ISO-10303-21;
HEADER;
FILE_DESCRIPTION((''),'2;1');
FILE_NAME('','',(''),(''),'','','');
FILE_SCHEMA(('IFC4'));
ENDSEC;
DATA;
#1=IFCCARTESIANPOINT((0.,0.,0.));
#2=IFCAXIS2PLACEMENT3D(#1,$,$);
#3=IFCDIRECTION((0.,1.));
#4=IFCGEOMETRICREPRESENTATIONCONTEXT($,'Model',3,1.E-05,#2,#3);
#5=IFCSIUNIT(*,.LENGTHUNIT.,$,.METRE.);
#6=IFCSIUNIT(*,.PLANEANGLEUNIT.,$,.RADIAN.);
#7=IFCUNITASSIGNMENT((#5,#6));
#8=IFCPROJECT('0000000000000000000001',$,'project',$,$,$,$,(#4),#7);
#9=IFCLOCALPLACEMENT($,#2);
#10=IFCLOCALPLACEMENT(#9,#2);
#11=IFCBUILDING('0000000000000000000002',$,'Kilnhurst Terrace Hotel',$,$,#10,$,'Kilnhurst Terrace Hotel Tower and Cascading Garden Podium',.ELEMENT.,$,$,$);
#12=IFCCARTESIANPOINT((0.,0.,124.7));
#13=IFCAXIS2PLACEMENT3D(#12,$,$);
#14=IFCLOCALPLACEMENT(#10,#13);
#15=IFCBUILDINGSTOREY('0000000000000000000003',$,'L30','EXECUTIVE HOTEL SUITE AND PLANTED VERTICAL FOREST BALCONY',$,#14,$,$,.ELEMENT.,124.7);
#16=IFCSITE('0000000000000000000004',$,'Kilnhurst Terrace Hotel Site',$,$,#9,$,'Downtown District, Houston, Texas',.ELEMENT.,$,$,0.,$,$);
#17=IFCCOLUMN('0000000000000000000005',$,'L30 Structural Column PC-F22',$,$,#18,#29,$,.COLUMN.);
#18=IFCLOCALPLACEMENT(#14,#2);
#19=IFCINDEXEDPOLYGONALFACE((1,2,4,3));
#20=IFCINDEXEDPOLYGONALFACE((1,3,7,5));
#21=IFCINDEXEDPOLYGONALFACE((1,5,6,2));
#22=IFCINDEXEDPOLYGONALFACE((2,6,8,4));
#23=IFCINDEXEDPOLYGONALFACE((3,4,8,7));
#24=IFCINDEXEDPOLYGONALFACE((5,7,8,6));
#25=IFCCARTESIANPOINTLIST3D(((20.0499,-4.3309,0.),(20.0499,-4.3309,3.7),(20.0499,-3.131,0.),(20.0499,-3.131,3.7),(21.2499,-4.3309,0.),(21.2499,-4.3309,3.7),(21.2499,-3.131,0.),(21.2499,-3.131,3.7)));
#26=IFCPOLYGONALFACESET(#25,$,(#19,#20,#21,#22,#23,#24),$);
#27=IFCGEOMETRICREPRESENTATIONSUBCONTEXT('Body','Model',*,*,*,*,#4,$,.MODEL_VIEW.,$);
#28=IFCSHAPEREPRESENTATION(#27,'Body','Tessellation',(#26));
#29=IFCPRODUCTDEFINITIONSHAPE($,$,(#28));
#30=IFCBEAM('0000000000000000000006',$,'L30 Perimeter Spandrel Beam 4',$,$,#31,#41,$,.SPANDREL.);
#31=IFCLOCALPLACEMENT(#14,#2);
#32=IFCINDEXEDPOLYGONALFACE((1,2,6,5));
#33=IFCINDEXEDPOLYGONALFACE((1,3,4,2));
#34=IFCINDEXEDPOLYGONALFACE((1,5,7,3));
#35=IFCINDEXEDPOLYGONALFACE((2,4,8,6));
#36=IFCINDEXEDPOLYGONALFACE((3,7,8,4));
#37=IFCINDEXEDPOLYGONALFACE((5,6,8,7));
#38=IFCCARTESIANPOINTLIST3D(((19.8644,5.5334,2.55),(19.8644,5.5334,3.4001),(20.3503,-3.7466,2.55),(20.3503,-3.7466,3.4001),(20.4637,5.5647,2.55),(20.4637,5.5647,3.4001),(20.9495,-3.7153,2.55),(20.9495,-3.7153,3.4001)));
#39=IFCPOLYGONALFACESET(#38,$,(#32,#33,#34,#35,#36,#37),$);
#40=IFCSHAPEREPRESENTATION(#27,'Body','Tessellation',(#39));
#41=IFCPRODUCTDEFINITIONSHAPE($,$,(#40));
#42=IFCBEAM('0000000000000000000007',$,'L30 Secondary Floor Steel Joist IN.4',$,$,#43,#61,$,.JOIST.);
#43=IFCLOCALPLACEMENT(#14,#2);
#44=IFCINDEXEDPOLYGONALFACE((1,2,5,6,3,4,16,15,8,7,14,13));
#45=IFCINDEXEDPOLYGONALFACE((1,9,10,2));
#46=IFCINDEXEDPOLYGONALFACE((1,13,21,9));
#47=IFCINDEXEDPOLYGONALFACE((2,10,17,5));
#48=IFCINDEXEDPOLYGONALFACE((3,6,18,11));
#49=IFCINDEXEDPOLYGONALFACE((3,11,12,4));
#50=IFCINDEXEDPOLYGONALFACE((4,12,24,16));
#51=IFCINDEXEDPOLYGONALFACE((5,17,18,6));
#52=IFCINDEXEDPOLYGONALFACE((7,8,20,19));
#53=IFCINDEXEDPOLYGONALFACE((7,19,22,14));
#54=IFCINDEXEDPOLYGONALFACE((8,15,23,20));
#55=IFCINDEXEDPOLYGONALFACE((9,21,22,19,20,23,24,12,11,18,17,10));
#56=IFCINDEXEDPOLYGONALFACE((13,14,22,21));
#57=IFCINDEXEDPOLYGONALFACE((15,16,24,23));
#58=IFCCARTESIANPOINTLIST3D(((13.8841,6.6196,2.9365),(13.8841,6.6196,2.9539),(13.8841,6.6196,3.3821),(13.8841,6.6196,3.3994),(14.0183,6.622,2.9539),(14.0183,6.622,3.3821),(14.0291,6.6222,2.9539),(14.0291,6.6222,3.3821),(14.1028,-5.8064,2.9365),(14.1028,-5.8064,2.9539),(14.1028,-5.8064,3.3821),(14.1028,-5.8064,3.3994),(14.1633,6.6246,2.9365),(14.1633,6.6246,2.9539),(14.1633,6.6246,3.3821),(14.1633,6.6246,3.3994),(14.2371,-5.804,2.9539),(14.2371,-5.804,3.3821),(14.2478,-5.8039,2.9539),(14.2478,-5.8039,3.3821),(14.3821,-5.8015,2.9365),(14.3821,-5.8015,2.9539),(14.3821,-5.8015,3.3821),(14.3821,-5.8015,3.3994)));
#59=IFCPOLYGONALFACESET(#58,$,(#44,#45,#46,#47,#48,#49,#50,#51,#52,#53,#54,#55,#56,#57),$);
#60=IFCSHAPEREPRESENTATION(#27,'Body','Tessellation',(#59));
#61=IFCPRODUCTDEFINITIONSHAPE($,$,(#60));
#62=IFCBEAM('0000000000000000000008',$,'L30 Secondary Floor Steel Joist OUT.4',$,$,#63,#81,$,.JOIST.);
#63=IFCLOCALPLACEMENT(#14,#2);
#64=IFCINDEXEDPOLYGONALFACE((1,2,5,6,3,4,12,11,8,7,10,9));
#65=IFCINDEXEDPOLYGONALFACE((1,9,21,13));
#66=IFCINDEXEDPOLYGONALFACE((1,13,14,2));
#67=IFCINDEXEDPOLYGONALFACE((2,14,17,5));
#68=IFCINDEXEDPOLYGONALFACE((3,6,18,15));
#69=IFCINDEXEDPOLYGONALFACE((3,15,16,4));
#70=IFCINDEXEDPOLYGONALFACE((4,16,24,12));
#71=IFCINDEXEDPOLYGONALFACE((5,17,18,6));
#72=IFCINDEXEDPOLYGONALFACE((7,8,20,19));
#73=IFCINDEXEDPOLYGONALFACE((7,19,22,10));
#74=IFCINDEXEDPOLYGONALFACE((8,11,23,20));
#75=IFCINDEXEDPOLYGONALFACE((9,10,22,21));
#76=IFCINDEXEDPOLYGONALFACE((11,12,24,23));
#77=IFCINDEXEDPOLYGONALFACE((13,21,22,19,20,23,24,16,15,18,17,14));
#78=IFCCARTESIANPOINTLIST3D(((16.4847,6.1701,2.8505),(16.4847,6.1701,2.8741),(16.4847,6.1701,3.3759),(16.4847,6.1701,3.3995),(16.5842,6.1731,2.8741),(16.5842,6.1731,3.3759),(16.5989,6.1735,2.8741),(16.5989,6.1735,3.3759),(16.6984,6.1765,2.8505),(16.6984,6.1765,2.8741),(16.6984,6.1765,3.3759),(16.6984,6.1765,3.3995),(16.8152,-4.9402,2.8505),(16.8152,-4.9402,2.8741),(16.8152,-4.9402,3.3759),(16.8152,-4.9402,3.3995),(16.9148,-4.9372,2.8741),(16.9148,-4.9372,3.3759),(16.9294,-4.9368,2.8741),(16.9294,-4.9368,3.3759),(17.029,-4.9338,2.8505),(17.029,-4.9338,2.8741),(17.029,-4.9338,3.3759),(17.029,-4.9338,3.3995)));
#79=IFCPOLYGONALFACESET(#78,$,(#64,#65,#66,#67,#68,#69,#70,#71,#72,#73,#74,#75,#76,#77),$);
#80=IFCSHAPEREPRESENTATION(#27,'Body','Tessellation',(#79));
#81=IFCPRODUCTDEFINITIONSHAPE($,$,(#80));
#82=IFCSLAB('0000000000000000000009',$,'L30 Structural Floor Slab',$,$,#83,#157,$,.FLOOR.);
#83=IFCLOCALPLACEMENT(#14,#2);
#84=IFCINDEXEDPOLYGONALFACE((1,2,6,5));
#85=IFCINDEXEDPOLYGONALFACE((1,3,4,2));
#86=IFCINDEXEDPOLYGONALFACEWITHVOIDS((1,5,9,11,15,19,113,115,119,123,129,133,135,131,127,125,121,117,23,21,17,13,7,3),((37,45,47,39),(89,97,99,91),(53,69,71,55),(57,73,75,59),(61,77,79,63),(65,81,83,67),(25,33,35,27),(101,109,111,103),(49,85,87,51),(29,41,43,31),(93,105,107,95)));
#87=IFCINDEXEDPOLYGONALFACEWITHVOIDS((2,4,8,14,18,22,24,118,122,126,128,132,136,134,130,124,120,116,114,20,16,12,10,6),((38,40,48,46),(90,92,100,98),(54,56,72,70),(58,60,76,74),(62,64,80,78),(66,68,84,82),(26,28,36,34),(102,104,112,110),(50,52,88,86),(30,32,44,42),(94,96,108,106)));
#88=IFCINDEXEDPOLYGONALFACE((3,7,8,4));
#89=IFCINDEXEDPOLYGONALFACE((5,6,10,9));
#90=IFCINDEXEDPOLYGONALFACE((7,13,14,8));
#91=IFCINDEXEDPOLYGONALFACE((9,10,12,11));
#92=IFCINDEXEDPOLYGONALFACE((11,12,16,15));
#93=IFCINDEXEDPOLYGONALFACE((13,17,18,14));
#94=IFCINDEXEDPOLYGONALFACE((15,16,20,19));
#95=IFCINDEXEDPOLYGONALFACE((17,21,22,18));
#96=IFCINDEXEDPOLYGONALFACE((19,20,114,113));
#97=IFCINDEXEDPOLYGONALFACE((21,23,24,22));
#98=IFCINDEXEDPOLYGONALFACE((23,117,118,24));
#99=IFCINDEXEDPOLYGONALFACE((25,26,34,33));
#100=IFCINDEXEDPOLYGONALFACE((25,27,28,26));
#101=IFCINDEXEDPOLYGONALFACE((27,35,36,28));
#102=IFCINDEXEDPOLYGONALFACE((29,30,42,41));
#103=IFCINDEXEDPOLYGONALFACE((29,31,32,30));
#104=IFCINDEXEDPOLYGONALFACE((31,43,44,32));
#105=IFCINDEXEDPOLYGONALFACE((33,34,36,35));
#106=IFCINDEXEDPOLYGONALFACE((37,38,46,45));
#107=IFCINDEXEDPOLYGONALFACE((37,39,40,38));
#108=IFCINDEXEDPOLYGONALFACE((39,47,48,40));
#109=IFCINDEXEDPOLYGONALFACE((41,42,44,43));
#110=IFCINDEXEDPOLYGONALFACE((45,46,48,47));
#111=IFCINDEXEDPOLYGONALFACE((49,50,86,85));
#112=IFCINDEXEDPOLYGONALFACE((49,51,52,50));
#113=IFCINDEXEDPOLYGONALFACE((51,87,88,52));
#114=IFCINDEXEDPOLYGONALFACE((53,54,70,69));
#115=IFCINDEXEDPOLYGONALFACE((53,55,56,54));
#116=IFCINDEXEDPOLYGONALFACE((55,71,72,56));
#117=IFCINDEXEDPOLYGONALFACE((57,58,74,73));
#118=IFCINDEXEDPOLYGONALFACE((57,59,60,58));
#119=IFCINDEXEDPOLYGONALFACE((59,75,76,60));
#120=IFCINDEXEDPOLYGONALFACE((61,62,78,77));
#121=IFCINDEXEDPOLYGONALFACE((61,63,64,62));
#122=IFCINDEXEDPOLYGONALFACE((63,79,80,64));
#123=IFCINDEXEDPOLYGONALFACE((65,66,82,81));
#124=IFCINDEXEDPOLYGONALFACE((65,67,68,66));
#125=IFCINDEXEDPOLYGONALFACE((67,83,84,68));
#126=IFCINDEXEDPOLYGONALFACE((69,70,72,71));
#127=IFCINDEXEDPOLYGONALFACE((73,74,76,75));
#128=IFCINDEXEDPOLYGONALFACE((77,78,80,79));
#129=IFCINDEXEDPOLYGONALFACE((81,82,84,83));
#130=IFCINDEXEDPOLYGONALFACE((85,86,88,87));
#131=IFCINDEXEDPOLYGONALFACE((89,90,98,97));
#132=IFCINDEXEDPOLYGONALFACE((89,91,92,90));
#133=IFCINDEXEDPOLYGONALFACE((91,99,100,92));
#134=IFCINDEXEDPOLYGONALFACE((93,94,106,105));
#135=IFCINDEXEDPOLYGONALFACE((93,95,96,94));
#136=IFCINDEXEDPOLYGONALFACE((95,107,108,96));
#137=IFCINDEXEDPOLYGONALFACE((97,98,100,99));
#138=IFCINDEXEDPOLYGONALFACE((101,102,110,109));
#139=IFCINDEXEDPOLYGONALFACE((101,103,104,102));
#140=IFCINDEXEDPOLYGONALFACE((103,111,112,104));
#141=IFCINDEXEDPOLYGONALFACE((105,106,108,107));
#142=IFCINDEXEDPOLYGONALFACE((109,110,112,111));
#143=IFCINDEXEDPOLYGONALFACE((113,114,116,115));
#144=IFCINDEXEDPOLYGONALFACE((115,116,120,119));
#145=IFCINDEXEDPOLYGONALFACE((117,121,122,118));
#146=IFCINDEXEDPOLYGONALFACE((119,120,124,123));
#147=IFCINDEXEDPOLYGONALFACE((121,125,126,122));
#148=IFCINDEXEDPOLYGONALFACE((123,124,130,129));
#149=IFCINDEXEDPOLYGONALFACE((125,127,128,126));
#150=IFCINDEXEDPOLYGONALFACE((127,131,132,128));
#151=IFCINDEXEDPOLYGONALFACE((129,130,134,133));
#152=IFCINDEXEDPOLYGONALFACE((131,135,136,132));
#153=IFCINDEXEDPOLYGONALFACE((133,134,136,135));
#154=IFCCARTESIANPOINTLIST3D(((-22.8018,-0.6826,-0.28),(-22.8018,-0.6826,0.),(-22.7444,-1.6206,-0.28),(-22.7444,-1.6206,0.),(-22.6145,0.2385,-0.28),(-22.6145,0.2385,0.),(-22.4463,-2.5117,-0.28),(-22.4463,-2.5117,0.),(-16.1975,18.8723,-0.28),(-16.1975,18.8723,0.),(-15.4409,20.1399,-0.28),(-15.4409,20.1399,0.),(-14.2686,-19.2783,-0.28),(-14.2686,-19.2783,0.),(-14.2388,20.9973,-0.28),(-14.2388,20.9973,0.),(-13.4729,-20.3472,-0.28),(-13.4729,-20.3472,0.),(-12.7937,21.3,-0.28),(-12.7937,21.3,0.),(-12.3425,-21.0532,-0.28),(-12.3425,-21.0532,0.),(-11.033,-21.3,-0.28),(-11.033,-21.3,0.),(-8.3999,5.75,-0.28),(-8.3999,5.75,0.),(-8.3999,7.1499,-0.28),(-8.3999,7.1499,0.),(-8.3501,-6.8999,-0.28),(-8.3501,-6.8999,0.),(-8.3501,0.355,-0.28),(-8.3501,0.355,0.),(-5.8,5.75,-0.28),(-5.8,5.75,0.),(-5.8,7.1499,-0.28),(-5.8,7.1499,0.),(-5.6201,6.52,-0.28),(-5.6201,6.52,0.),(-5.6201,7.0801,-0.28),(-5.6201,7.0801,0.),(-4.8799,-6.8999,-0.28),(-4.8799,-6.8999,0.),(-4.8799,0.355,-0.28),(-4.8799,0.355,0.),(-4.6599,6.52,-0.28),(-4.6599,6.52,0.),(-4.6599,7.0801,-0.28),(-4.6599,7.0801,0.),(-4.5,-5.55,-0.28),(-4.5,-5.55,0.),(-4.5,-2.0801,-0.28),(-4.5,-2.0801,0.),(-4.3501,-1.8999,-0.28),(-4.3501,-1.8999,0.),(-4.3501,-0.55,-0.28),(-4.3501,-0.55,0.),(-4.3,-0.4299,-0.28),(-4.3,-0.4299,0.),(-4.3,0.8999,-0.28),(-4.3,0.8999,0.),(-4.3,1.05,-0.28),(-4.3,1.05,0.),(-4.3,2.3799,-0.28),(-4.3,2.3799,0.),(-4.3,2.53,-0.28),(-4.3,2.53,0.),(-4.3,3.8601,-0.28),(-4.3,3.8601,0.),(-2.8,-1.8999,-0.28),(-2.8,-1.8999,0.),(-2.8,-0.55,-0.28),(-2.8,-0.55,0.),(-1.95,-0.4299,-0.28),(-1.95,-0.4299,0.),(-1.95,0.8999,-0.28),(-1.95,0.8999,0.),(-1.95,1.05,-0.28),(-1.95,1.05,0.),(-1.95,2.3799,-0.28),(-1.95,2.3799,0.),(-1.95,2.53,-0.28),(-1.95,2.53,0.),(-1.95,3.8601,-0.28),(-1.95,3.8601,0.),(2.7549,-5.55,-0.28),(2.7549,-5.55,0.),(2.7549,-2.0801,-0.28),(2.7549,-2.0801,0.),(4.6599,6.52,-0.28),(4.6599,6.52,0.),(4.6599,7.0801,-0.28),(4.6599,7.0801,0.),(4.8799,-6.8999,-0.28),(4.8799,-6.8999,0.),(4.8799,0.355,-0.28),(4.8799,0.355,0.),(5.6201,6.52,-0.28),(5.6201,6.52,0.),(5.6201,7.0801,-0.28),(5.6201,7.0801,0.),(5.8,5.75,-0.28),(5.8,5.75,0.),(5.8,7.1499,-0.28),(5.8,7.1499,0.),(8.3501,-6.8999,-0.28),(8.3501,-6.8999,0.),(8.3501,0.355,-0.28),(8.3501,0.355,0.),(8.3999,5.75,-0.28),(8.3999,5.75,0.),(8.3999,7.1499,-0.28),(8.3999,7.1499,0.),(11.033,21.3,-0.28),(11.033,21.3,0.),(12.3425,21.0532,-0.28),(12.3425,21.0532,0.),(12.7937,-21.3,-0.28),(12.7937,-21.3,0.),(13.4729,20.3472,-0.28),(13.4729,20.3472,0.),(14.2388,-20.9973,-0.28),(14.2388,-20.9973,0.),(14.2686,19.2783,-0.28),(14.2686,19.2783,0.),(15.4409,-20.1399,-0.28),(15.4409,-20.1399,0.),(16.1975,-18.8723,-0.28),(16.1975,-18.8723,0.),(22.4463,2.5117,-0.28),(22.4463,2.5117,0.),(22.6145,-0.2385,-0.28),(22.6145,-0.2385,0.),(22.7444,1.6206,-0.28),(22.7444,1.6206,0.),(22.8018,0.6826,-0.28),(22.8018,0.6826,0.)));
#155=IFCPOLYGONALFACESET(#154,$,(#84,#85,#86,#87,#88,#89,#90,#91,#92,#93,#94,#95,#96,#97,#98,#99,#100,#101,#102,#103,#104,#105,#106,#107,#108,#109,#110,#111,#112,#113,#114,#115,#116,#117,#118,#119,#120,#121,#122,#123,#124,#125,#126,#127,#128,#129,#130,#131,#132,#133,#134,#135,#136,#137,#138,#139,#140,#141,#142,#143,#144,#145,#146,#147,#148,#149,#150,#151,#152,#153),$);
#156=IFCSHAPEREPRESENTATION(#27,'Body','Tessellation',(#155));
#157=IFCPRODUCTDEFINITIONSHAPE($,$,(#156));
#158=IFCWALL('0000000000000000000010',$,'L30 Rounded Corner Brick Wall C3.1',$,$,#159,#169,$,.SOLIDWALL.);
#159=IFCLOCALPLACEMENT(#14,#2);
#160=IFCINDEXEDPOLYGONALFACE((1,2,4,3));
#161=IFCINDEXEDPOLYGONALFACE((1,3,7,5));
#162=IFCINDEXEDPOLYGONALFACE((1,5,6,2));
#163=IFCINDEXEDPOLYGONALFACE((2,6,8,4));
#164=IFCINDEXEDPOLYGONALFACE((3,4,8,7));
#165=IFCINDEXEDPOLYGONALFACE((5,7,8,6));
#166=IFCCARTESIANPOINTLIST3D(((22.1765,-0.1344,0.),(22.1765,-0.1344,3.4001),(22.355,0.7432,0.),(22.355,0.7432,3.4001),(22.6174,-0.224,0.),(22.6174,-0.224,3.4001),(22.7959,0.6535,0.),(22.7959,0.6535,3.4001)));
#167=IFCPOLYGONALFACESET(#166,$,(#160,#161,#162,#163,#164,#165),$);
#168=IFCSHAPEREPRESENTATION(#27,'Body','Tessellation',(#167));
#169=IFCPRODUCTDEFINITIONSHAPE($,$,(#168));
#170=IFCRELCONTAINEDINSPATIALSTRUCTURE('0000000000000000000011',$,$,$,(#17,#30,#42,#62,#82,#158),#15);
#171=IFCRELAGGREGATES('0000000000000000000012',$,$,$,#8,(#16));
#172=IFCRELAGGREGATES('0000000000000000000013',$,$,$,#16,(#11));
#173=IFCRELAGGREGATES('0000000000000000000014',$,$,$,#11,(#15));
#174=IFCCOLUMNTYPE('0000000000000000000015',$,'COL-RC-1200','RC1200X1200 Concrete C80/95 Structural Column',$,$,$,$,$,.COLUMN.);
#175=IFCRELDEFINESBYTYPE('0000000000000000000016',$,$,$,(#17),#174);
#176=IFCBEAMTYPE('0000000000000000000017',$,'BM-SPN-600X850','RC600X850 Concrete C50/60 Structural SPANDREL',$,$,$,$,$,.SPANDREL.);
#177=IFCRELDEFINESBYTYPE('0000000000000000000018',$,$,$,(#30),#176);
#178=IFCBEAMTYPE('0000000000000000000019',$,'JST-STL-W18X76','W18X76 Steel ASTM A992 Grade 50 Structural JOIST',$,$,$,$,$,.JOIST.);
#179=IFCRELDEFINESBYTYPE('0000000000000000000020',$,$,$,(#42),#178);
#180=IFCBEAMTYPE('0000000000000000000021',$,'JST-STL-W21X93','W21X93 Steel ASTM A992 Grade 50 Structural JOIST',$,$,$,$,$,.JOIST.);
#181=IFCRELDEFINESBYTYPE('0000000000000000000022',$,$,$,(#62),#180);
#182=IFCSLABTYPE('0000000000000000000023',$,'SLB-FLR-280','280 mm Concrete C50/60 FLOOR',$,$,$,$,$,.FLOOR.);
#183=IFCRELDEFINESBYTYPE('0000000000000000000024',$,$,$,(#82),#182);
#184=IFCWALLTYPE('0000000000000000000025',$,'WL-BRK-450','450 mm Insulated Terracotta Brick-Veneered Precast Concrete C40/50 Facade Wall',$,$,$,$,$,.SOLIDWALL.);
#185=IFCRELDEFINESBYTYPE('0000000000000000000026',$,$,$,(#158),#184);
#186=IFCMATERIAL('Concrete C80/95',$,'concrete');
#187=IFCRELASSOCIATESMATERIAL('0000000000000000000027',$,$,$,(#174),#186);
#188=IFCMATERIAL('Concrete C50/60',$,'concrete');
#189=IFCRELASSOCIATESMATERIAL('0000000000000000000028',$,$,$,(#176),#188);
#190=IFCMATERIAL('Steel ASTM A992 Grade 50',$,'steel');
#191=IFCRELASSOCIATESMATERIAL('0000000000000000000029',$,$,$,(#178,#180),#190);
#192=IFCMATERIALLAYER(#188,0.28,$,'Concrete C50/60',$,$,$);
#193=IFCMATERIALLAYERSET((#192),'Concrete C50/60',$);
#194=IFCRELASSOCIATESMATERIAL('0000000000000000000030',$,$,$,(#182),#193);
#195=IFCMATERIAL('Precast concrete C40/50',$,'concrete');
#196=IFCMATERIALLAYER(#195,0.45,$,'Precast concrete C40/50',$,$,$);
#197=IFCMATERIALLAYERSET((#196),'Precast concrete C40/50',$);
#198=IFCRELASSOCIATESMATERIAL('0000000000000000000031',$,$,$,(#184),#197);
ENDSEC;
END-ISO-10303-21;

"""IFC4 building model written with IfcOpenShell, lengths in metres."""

from ifc_helpers import new_model, si_unit, direction, frame, frame_2d, origin, origin_2d, place, context, subcontext, project, spatial, polyline, rectangle, i_section, outline, extrude, material, layer, layer_set, material_profile, profile_set, type_object, element, save


model = new_model("IFC4")

# Units and contexts
model_context = context("Model", 3, precision=1e-05, world=origin(), true_north=direction((0.0, 1.0)))
body_context = subcontext(model_context, "Body", "Model", "MODEL_VIEW")
ifc_project = project(units=[si_unit("LENGTHUNIT", "METRE"), si_unit("PLANEANGLEUNIT", "RADIAN")], contexts=[model_context])

# Site, building, storey
site_placement = place(None, origin())
site = spatial("IfcSite", under=ifc_project, at=site_placement, Name="Kilnhurst Terrace Hotel Site", LongName="Downtown District, Houston, Texas", CompositionType="ELEMENT", RefElevation=0.0)
building_placement = place(site_placement, origin())
building = spatial("IfcBuilding", under=site, at=building_placement, Name="Kilnhurst Terrace Hotel", LongName="Kilnhurst Terrace Hotel Tower and Cascading Garden Podium", CompositionType="ELEMENT")
storey_placement = place(building_placement, frame((0.0, 0.0, 124.7)))
storey = spatial("IfcBuildingStorey", under=building, at=storey_placement, Name="L30", Description="EXECUTIVE HOTEL SUITE AND PLANTED VERTICAL FOREST BALCONY", CompositionType="ELEMENT", Elevation=124.7)

# Column
ifc_material_1 = material(Name="Concrete C80/95", Category="concrete")
ifc_material_profile_1 = material_profile(ifc_material_1, rectangle(XDim=1.2, YDim=1.2, at=origin_2d()), Name="RC1200X1200")
ifc_profile_set_1 = profile_set([ifc_material_profile_1], Name="Concrete C80/95")
column_type = type_object("IfcColumnType", Name="COL-RC-1200", Description="RC1200X1200 Concrete C80/95 Structural Column", PredefinedType="COLUMN", material=ifc_profile_set_1)
column_placement = place(storey_placement, frame((20.6499, -3.731, 0.0), z_axis=(0.0, 0.0, 1.0), x_axis=(1.0, 0.0, 0.0)))
element("IfcColumn", 1, at=column_placement, inside=storey, type_object=column_type, Name="L30 Structural Column PC-F22", PredefinedType="COLUMN", context=body_context, shape_type="SweptSolid", body=[
    extrude(rectangle(XDim=1.2, YDim=1.2, at=origin_2d()), origin(), (0.0, 0.0, 1.0), 3.7),
])

# Beams
ifc_material_2 = material(Name="Concrete C50/60", Category="concrete")
ifc_material_profile_2 = material_profile(ifc_material_2, rectangle(XDim=0.6001, YDim=0.8501, at=origin_2d()), Name="RC600X850")
ifc_profile_set_2 = profile_set([ifc_material_profile_2], Name="Concrete C50/60")
beam_type_1 = type_object("IfcBeamType", Name="BM-SPN-600X850", Description="RC600X850 Concrete C50/60 Structural SPANDREL", PredefinedType="SPANDREL", material=ifc_profile_set_2)
beam_1_placement = place(storey_placement, frame((20.6499, -3.731, 2.9751), z_axis=(-0.052282, 0.998632, 0.0), x_axis=(-0.998632, -0.052282, 0.0)))
element("IfcBeam", 2, at=beam_1_placement, inside=storey, type_object=beam_type_1, Name="L30 Perimeter Spandrel Beam 4", PredefinedType="SPANDREL", context=body_context, shape_type="SweptSolid", body=[
    extrude(rectangle(XDim=0.6001, YDim=0.8501, at=origin_2d()), origin(), (0.0, 0.0, 1.0), 9.2927),
])
ifc_material_3 = material(Name="Steel ASTM A992 Grade 50", Category="steel")
ifc_material_profile_3 = material_profile(ifc_material_3, i_section(OverallWidth=0.2793, OverallDepth=0.4629, WebThickness=0.0107, FlangeThickness=0.0173, at=origin_2d()), Name="W18X76")
ifc_profile_set_3 = profile_set([ifc_material_profile_3], Name="Steel ASTM A992 Grade 50")
beam_type_2 = type_object("IfcBeamType", Name="JST-STL-W18X76", Description="W18X76 Steel ASTM A992 Grade 50 Structural JOIST", PredefinedType="JOIST", material=ifc_profile_set_3)
beam_2_placement = place(storey_placement, frame((14.2424, -5.804, 3.168), z_axis=(-0.017601, 0.999845, 0.0), x_axis=(-0.999845, -0.017601, 0.0)))
element("IfcBeam", 3, at=beam_2_placement, inside=storey, type_object=beam_type_2, Name="L30 Secondary Floor Steel Joist IN.4", PredefinedType="JOIST", context=body_context, shape_type="SweptSolid", body=[
    extrude(i_section(OverallWidth=0.2793, OverallDepth=0.4629, WebThickness=0.0107, FlangeThickness=0.0173, at=origin_2d()), origin(), (0.0, 0.0, 1.0), 12.428),
])
ifc_material_profile_4 = material_profile(ifc_material_3, i_section(OverallWidth=0.2139, OverallDepth=0.5491, WebThickness=0.0146, FlangeThickness=0.0237, at=origin_2d()), Name="W21X93")
ifc_profile_set_4 = profile_set([ifc_material_profile_4], Name="Steel ASTM A992 Grade 50")
beam_type_3 = type_object("IfcBeamType", Name="JST-STL-W21X93", Description="W21X93 Steel ASTM A992 Grade 50 Structural JOIST", PredefinedType="JOIST", material=ifc_profile_set_4)
beam_3_placement = place(storey_placement, frame((16.9221, -4.937, 3.125), z_axis=(-0.02974, 0.999558, 0.0), x_axis=(-0.999558, -0.02974, 0.0)))
element("IfcBeam", 4, at=beam_3_placement, inside=storey, type_object=beam_type_3, Name="L30 Secondary Floor Steel Joist OUT.4", PredefinedType="JOIST", context=body_context, shape_type="SweptSolid", body=[
    extrude(i_section(OverallWidth=0.2139, OverallDepth=0.5491, WebThickness=0.0146, FlangeThickness=0.0237, at=origin_2d()), origin(), (0.0, 0.0, 1.0), 11.1152),
])

# Slab
ifc_layer_1 = layer(ifc_material_2, 0.28, Name="Concrete C50/60")
ifc_layer_set_1 = layer_set([ifc_layer_1], Name="Concrete C50/60")
slab_type = type_object("IfcSlabType", Name="SLB-FLR-280", Description="280 mm Concrete C50/60 FLOOR", PredefinedType="FLOOR", material=ifc_layer_set_1)
slab_placement = place(storey_placement, frame((0.0, 0.0, -0.28)))
element("IfcSlab", 5, at=slab_placement, inside=storey, type_object=slab_type, Name="L30 Structural Floor Slab", PredefinedType="FLOOR", context=body_context, shape_type="SweptSolid", body=[
    extrude(outline(polyline([(-14.2686, -19.2783), (-13.4729, -20.3472), (-12.3425, -21.0532), (-11.033, -21.3), (12.7937, -21.3), (14.2388, -20.9973), (15.4409, -20.1399), (16.1975, -18.8723), (22.6145, -0.2385), (22.8018, 0.6826), (22.7444, 1.6206), (22.4463, 2.5117), (14.2686, 19.2783), (13.4729, 20.3472), (12.3425, 21.0532), (11.033, 21.3), (-12.7937, 21.3), (-14.2388, 20.9973), (-15.4409, 20.1399), (-16.1975, 18.8723), (-22.6145, 0.2385), (-22.8018, -0.6826), (-22.7444, -1.6206), (-22.4463, -2.5117), (-14.2686, -19.2783)]), holes=[polyline([(-8.3501, 0.355), (-4.8799, 0.355), (-4.8799, -6.8999), (-8.3501, -6.8999), (-8.3501, 0.355)]), polyline([(-2.8, -1.8999), (-4.3501, -1.8999), (-4.3501, -0.55), (-2.8, -0.55), (-2.8, -1.8999)]), polyline([(-1.95, -0.4299), (-4.3, -0.4299), (-4.3, 0.8999), (-1.95, 0.8999), (-1.95, -0.4299)]), polyline([(-4.3, 1.05), (-4.3, 2.3799), (-1.95, 2.3799), (-1.95, 1.05), (-4.3, 1.05)]), polyline([(-8.3999, 5.75), (-8.3999, 7.1499), (-5.8, 7.1499), (-5.8, 5.75), (-8.3999, 5.75)]), polyline([(-4.6599, 6.52), (-5.6201, 6.52), (-5.6201, 7.0801), (-4.6599, 7.0801), (-4.6599, 6.52)]), polyline([(2.7549, -5.55), (-4.5, -5.55), (-4.5, -2.0801), (2.7549, -2.0801), (2.7549, -5.55)]), polyline([(8.3501, 0.355), (8.3501, -6.8999), (4.8799, -6.8999), (4.8799, 0.355), (8.3501, 0.355)]), polyline([(-1.95, 2.53), (-4.3, 2.53), (-4.3, 3.8601), (-1.95, 3.8601), (-1.95, 2.53)]), polyline([(5.8, 5.75), (5.8, 7.1499), (8.3999, 7.1499), (8.3999, 5.75), (5.8, 5.75)]), polyline([(4.6599, 6.52), (4.6599, 7.0801), (5.6201, 7.0801), (5.6201, 6.52), (4.6599, 6.52)])]), origin(), (0.0, 0.0, 1.0), 0.28),
])

# Wall
ifc_material_4 = material(Name="Precast concrete C40/50", Category="concrete")
ifc_layer_2 = layer(ifc_material_4, 0.45, Name="Precast concrete C40/50")
ifc_layer_set_2 = layer_set([ifc_layer_2], Name="Precast concrete C40/50")
wall_type_1 = type_object("IfcWallType", Name="WL-BRK-450", Description="450 mm Insulated Terracotta Brick-Veneered Precast Concrete C40/50 Facade Wall", PredefinedType="SOLIDWALL", material=ifc_layer_set_2)
wall_1_placement = place(storey_placement, frame((22.397, -0.1792, 0.0), z_axis=(0.0, 0.0, 1.0), x_axis=(0.199314, 0.979936, 0.0)))
element("IfcWall", 6, at=wall_1_placement, inside=storey, type_object=wall_type_1, Name="L30 Rounded Corner Brick Wall C3.1", PredefinedType="SOLIDWALL", context=body_context, shape_type="SweptSolid", body=[
    extrude(rectangle(XDim=0.8955, YDim=0.45, at=frame_2d((0.4478, 0.0))), origin(), (0.0, 0.0, 1.0), 3.4001),
])

save(model, "model.ifc")
